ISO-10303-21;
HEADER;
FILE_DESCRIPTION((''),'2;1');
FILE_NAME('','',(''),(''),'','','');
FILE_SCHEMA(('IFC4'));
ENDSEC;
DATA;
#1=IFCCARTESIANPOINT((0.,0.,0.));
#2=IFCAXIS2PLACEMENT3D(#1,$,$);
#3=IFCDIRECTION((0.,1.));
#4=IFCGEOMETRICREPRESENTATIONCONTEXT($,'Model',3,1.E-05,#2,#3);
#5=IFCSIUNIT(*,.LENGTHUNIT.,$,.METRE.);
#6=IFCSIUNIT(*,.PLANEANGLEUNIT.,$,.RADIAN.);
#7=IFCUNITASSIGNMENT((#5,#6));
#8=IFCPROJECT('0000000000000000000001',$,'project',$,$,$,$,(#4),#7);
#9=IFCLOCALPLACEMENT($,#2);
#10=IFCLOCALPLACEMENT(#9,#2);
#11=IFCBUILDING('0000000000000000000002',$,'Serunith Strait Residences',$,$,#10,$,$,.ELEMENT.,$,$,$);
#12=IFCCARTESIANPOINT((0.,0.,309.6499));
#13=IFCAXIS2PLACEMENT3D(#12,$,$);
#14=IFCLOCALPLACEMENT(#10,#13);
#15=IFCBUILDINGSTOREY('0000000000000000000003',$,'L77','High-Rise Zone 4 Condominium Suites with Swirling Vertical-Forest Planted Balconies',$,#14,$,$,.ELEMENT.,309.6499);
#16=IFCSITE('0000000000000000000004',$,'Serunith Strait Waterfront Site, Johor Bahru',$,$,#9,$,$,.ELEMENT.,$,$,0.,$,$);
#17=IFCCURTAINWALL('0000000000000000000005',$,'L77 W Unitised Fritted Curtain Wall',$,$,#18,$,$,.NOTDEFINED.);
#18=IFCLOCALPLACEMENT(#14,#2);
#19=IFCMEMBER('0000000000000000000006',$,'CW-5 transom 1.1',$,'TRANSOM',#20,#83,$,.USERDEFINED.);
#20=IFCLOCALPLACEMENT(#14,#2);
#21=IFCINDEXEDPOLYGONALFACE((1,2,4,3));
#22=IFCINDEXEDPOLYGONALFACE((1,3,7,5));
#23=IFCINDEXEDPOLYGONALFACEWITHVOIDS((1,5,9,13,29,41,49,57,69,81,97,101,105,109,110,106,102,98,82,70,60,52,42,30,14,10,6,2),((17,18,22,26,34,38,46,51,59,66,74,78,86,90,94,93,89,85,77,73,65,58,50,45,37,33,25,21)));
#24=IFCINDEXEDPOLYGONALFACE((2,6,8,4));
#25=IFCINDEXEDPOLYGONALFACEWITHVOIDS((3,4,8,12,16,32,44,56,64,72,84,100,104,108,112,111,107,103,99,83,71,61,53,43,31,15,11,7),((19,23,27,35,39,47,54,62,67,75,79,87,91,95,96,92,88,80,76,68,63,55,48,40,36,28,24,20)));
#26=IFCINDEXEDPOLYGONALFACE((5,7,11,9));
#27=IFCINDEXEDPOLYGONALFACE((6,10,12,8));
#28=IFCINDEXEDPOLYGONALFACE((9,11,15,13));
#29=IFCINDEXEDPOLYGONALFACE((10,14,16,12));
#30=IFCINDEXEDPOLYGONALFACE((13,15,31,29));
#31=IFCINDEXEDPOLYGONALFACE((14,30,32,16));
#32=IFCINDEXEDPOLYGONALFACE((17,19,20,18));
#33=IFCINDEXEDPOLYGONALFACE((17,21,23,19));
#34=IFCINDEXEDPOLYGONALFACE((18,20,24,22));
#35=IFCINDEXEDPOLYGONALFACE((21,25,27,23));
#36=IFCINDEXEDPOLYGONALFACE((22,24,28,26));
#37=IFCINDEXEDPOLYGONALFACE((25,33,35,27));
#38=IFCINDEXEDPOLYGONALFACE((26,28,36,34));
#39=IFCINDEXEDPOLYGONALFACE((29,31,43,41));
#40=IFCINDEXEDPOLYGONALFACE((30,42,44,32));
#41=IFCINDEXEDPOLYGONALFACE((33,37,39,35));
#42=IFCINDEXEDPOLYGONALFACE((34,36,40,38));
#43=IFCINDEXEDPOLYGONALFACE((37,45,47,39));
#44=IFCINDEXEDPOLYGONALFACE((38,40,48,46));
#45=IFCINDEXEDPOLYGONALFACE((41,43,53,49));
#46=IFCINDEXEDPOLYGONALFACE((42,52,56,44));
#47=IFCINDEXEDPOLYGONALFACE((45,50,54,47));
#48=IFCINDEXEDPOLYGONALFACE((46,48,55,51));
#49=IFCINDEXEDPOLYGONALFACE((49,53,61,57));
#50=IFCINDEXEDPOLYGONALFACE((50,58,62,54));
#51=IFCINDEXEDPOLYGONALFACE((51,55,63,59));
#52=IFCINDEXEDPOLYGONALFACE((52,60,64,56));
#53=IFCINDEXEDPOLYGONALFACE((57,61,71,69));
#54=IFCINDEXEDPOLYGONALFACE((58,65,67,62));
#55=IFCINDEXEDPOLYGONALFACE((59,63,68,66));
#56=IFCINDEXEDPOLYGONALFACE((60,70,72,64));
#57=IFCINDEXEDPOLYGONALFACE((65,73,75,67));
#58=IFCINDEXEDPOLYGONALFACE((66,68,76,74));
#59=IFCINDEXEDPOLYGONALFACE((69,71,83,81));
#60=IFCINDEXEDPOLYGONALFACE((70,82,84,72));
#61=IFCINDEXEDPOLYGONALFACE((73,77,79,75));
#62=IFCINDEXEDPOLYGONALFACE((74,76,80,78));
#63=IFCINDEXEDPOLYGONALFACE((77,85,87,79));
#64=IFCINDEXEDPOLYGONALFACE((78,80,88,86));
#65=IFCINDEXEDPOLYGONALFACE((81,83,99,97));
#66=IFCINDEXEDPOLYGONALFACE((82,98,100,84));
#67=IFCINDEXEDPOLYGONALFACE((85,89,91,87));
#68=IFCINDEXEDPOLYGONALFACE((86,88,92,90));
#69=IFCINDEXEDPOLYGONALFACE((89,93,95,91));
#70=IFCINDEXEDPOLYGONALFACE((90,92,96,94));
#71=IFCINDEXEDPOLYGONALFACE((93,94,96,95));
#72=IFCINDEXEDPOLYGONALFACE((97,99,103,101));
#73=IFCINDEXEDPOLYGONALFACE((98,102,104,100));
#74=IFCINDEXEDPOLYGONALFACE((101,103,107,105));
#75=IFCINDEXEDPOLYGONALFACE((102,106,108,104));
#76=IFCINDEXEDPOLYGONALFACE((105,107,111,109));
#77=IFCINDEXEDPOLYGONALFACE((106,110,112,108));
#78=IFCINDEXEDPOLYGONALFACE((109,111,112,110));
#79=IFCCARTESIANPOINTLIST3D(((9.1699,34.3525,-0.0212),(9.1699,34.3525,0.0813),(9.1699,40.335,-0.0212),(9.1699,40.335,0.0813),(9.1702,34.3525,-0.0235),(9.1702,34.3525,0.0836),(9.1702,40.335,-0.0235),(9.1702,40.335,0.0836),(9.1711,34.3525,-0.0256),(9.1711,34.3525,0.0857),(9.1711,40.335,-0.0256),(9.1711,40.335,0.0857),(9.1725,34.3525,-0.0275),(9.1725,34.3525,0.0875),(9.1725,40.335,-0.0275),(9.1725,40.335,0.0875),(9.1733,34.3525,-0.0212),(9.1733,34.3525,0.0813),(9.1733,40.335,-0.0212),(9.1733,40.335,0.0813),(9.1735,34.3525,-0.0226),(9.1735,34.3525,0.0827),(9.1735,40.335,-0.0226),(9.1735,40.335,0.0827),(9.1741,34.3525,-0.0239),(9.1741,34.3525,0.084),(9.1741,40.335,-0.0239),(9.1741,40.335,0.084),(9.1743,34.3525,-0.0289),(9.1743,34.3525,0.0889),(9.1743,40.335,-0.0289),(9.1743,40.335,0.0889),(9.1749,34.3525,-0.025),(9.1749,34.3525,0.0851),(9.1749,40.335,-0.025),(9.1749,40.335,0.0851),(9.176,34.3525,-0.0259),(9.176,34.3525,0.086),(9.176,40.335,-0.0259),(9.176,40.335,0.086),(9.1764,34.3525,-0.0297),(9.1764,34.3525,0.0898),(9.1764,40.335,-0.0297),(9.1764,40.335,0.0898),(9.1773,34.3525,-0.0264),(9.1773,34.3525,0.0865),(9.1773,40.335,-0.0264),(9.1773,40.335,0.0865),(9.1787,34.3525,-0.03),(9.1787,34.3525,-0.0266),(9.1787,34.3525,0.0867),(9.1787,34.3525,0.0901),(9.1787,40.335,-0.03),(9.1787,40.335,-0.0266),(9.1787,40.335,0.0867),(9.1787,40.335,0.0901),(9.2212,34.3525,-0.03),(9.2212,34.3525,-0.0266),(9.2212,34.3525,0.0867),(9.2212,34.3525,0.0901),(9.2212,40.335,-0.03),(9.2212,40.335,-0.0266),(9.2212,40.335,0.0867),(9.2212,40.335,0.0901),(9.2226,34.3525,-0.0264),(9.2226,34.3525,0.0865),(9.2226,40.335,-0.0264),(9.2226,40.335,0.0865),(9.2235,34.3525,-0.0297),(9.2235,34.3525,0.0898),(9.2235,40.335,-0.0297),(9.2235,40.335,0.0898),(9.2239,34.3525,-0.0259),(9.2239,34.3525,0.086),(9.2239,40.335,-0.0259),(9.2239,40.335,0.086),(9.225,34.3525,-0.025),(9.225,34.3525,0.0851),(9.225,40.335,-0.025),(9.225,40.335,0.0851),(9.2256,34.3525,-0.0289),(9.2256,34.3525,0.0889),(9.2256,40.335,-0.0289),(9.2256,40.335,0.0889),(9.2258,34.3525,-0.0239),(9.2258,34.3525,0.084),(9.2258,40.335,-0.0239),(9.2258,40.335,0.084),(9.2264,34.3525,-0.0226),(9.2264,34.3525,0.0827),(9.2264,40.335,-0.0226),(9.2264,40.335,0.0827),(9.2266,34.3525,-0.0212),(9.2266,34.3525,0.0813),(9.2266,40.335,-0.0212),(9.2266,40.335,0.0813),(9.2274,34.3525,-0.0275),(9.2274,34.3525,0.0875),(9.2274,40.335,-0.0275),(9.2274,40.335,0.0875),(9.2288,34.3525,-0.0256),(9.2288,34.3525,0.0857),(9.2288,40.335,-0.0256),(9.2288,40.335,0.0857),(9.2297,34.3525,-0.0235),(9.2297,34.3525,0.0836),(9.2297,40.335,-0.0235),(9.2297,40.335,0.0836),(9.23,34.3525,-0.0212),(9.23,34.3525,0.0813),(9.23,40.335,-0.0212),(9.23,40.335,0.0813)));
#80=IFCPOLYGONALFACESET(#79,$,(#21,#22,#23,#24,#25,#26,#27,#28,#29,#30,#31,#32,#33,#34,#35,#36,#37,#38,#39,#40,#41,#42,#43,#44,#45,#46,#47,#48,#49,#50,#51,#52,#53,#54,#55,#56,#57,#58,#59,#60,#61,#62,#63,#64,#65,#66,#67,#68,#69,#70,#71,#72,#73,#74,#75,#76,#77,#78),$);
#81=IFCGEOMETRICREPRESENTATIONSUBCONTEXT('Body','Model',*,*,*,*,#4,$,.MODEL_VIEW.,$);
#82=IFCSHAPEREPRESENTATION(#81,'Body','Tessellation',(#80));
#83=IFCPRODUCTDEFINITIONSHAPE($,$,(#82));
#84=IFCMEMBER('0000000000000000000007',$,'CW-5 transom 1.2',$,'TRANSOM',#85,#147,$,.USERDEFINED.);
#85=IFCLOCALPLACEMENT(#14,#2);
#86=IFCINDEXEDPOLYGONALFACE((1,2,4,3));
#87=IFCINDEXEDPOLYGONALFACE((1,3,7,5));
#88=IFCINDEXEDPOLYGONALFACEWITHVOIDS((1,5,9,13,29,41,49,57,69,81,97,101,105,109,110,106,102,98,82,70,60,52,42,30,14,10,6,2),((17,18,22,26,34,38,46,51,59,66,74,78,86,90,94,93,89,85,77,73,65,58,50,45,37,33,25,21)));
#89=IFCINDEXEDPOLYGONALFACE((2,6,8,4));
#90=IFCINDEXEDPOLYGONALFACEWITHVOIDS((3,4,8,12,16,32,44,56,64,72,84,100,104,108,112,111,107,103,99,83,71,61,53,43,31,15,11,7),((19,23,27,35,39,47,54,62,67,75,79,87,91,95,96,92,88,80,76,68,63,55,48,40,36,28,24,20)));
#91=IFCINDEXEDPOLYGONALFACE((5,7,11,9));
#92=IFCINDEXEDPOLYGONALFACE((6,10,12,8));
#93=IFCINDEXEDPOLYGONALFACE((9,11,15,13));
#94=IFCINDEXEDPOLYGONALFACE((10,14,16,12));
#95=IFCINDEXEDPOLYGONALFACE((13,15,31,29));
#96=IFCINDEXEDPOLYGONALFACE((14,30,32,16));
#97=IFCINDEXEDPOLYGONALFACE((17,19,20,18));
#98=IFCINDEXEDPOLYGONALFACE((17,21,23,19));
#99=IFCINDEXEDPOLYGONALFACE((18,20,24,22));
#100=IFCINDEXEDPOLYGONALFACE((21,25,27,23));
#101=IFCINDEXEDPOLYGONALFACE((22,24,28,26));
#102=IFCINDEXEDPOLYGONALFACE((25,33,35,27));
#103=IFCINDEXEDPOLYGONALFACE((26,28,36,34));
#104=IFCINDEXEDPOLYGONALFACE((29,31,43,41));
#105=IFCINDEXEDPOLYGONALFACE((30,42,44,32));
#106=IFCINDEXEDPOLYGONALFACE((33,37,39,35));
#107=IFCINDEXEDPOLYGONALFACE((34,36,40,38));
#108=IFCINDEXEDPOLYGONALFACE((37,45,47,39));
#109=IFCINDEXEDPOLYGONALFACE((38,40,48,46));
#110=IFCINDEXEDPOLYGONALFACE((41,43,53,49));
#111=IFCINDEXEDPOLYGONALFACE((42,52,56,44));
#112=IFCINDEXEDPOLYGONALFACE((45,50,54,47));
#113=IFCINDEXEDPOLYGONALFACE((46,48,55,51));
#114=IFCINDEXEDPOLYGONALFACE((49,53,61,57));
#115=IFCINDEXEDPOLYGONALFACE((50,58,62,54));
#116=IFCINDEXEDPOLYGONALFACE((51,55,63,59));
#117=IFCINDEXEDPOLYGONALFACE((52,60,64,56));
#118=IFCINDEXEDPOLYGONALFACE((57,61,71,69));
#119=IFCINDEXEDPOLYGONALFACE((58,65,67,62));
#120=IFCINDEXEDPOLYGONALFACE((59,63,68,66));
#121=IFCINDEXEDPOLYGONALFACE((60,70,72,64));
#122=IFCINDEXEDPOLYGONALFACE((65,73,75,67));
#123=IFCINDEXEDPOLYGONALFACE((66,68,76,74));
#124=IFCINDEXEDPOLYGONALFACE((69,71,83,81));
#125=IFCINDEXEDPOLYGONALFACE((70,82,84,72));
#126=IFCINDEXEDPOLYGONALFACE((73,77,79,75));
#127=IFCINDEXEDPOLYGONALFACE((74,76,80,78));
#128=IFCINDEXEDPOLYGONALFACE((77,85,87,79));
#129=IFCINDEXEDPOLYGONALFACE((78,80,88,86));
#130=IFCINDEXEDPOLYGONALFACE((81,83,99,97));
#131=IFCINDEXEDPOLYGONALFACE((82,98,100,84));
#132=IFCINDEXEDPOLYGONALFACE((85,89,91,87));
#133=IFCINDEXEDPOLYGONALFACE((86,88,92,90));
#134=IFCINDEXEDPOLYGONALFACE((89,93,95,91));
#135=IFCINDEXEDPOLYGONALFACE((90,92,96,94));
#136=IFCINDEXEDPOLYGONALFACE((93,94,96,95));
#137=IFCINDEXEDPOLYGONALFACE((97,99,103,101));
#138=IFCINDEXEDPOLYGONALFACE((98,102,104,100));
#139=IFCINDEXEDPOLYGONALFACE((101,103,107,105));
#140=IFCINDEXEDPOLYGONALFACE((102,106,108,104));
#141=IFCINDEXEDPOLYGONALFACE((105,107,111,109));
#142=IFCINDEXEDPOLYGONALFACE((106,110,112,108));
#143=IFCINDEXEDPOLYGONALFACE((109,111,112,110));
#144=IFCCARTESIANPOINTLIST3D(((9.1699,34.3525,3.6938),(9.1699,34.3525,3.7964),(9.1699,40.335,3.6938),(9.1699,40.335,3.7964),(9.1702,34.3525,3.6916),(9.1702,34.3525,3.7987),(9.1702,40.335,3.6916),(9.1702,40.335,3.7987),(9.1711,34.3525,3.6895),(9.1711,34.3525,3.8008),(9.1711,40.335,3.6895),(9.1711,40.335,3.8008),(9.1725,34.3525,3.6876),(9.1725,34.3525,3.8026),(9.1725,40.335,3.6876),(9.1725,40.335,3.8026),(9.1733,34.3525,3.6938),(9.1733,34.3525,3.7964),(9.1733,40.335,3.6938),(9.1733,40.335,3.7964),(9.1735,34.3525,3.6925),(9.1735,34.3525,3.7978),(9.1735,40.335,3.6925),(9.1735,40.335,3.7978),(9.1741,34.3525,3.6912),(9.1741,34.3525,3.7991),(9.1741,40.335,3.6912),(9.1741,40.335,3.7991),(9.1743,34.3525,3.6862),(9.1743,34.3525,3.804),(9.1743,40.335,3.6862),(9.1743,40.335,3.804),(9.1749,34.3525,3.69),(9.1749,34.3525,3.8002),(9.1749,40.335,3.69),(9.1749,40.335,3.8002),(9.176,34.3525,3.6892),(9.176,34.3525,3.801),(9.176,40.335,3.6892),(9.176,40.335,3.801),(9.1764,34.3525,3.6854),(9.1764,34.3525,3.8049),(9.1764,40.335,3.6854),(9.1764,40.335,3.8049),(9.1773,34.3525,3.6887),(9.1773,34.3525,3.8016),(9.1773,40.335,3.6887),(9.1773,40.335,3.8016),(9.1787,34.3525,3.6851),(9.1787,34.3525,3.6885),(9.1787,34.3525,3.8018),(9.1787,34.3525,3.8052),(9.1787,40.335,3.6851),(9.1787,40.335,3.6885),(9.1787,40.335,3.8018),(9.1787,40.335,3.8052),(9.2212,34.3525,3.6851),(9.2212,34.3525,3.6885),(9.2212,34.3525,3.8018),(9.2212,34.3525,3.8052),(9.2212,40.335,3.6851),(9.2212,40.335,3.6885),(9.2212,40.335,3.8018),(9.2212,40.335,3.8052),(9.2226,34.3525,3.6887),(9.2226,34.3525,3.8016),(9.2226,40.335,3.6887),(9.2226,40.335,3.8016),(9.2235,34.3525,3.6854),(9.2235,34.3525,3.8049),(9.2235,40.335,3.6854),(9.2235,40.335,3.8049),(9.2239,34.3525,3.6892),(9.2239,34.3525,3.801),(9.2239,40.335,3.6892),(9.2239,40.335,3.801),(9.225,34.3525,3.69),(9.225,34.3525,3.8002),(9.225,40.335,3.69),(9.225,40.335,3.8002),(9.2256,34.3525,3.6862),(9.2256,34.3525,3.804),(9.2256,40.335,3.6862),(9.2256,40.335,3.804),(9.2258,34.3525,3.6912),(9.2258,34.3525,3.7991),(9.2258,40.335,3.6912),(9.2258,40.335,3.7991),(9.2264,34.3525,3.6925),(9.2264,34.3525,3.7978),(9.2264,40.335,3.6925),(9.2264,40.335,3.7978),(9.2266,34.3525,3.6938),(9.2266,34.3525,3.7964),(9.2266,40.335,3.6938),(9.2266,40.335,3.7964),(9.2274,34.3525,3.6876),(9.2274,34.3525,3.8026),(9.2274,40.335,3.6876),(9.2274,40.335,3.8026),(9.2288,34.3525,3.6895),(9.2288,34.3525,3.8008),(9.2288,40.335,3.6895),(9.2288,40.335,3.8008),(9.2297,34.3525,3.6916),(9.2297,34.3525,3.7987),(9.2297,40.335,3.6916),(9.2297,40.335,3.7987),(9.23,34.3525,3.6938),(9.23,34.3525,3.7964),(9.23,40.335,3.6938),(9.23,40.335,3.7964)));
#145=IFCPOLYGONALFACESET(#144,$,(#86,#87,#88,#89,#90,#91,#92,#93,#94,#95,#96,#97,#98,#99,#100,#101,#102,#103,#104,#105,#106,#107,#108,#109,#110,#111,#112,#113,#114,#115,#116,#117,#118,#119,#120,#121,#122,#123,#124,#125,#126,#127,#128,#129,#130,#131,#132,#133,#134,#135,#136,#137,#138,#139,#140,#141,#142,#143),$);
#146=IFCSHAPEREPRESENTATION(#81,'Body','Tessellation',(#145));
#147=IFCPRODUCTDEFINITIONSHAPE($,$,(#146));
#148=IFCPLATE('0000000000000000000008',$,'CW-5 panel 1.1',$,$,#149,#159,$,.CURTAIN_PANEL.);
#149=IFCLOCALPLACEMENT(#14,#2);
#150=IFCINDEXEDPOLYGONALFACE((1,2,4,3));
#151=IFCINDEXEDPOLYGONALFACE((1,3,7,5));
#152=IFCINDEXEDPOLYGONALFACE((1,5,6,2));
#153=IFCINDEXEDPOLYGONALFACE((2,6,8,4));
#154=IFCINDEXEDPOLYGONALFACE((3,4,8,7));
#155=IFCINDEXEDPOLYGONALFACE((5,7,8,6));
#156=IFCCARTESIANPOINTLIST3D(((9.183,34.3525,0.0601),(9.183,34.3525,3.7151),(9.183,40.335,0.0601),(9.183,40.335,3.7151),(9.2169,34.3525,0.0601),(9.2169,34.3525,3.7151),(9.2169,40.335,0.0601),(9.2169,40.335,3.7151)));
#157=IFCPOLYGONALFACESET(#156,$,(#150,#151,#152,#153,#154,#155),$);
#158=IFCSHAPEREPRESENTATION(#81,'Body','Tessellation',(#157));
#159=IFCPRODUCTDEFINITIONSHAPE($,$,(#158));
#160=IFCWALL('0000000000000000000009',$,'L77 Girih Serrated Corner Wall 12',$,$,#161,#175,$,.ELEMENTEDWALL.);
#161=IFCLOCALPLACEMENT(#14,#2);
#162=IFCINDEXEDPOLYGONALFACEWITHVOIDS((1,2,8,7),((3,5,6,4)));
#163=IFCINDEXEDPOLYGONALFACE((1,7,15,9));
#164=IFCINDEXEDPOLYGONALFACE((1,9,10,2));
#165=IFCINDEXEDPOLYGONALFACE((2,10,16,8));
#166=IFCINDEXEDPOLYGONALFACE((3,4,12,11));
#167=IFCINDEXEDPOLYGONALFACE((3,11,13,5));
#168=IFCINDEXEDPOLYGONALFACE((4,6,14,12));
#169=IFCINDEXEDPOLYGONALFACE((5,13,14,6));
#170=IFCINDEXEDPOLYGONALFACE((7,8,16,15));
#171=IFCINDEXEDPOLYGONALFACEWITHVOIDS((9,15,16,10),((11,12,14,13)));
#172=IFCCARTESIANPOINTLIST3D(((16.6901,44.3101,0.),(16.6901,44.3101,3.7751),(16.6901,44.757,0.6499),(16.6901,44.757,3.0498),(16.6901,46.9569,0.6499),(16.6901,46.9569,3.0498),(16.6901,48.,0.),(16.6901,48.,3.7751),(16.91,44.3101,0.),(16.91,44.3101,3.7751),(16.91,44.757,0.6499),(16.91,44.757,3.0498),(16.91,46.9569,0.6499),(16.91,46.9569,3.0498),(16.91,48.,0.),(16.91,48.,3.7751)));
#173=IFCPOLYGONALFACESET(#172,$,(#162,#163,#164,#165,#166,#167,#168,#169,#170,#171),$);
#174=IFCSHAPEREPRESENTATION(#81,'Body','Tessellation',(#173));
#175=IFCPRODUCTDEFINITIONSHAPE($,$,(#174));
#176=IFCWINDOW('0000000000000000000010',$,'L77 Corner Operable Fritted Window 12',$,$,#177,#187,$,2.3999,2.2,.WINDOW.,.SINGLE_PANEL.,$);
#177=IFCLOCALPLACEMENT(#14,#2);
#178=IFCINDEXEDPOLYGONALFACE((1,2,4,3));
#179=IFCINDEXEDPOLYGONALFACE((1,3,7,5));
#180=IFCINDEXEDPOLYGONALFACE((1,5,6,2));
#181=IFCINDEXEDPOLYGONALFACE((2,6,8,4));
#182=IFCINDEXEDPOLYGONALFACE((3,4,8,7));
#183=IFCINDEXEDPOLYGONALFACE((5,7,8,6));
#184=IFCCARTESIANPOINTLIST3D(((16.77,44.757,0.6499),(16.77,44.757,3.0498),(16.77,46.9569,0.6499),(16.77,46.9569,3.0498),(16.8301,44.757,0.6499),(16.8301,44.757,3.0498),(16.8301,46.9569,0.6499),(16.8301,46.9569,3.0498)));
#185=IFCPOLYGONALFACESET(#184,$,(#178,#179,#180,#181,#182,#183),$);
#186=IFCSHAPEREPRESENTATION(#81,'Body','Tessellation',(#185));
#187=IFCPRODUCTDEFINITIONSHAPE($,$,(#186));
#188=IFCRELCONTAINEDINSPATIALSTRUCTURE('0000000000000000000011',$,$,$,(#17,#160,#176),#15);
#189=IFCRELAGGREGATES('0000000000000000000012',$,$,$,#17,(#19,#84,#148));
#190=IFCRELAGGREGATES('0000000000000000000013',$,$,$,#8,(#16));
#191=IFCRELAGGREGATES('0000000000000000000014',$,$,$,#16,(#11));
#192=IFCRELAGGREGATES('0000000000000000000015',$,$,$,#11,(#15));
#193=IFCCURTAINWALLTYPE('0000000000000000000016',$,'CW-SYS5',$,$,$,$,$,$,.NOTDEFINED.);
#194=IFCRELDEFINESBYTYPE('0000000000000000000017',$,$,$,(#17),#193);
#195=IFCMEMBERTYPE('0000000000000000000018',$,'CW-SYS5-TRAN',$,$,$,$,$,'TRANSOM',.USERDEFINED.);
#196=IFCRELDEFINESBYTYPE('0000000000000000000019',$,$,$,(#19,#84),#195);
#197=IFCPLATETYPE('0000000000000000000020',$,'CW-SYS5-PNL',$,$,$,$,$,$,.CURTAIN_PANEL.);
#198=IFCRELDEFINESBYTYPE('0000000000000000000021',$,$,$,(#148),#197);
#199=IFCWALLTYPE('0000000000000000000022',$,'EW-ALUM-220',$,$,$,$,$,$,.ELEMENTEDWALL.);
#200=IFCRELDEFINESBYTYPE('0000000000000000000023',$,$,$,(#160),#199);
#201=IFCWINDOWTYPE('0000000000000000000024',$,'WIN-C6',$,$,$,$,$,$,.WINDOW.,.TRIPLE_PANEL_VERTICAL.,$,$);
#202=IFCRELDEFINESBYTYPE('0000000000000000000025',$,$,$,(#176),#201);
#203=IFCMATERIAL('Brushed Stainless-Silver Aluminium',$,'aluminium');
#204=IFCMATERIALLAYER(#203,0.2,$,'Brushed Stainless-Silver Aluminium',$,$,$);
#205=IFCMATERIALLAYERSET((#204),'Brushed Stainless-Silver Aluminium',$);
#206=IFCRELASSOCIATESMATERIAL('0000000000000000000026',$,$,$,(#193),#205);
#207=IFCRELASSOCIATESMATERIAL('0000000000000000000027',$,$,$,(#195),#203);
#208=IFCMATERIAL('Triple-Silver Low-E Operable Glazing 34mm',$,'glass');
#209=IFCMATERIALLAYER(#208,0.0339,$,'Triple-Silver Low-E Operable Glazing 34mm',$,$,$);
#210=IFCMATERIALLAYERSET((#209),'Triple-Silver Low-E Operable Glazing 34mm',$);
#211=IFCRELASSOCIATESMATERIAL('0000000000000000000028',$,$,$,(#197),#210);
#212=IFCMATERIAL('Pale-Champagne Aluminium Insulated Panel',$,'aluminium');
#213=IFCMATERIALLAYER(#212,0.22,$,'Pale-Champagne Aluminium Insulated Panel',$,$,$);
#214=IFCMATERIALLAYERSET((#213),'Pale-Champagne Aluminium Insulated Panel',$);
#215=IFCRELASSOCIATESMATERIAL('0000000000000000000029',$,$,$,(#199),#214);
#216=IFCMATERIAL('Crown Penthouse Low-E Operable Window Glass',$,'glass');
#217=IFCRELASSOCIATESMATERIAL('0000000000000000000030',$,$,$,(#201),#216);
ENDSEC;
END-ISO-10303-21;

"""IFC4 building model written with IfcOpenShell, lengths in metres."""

from ifc_helpers import new_model, si_unit, direction, frame, frame_2d, origin, origin_2d, place, context, subcontext, project, spatial, rectangle, hollow_rectangle, extrude, source, transform, mapped, material, layer, layer_set, material_profile, profile_set, type_object, element, fill, aggregate, save


model = new_model("IFC4")

# Units and contexts
model_context = context("Model", 3, precision=1e-05, world=origin(), true_north=direction((0.0, 1.0)))
body_context = subcontext(model_context, "Body", "Model", "MODEL_VIEW")
ifc_project = project(units=[si_unit("LENGTHUNIT", "METRE"), si_unit("PLANEANGLEUNIT", "RADIAN")], contexts=[model_context])

# Site, building, storey
site_placement = place(None, origin())
site = spatial("IfcSite", under=ifc_project, at=site_placement, Name="Serunith Strait Waterfront Site, Johor Bahru", CompositionType="ELEMENT", RefElevation=0.0)
building_placement = place(site_placement, origin())
building = spatial("IfcBuilding", under=site, at=building_placement, Name="Serunith Strait Residences", CompositionType="ELEMENT")
storey_placement = place(building_placement, frame((0.0, 0.0, 309.6499)))
storey = spatial("IfcBuildingStorey", under=building, at=storey_placement, Name="L77", Description="High-Rise Zone 4 Condominium Suites with Swirling Vertical-Forest Planted Balconies", CompositionType="ELEMENT", Elevation=309.6499)

# Shared definitions
ifc_material_1 = material(Name="Brushed Stainless-Silver Aluminium", Category="aluminium")
ifc_layer_1 = layer(ifc_material_1, 0.2, Name="Brushed Stainless-Silver Aluminium")
ifc_layer_set_1 = layer_set([ifc_layer_1], Name="Brushed Stainless-Silver Aluminium")
curtain_wall_type = type_object("IfcCurtainWallType", Name="CW-SYS5", PredefinedType="NOTDEFINED", material=ifc_layer_set_1)

# Curtain wall, members, plate
curtain_wall_1_placement = place(storey_placement, origin())
curtain_wall_1 = element("IfcCurtainWall", 1, at=curtain_wall_1_placement, inside=storey, type_object=curtain_wall_type, Name="L77 W Unitised Fritted Curtain Wall", PredefinedType="NOTDEFINED")
ifc_material_profile_1 = material_profile(ifc_material_1, hollow_rectangle(XDim=0.0601, YDim=0.1201, WallThickness=0.0034, InnerFilletRadius=0.0054, OuterFilletRadius=0.0088, at=origin_2d()), Name="ALU 120x60x3.5")
ifc_profile_set_1 = profile_set([ifc_material_profile_1], Name="Brushed Stainless-Silver Aluminium")
member_type_1 = type_object("IfcMemberType", Name="CW-SYS5-TRAN", ElementType="TRANSOM", PredefinedType="USERDEFINED", material=ifc_profile_set_1)
shared_shape_1 = source(origin(), body_context, "Body", "SweptSolid", [
    extrude(hollow_rectangle(XDim=0.0601, YDim=0.1201, WallThickness=0.0034, InnerFilletRadius=0.0054, OuterFilletRadius=0.0088, at=origin_2d()), origin(), (0.0, 0.0, 1.0), 5.9824),
])
member_1_placement = place(storey_placement, frame((9.2, 40.335, 0.03), z_axis=(0.0, -1.0, 0.0), x_axis=(1.0, 0.0, 0.0)))
member_1 = element("IfcMember", 2, at=member_1_placement, type_object=member_type_1, Name="CW-5 transom 1.1", ObjectType="TRANSOM", PredefinedType="USERDEFINED", context=body_context, shape_type="MappedRepresentation", body=[
    mapped(shared_shape_1, transform((0.0, 0.0, 0.0), scale=1.0)),
])
member_2_placement = place(storey_placement, frame((9.2, 40.335, 3.7451), z_axis=(0.0, -1.0, 0.0), x_axis=(1.0, 0.0, 0.0)))
member_2 = element("IfcMember", 3, at=member_2_placement, type_object=member_type_1, Name="CW-5 transom 1.2", ObjectType="TRANSOM", PredefinedType="USERDEFINED", context=body_context, shape_type="MappedRepresentation", body=[
    mapped(shared_shape_1, transform((0.0, 0.0, 0.0), scale=1.0)),
])
ifc_material_2 = material(Name="Triple-Silver Low-E Operable Glazing 34mm", Category="glass")
ifc_layer_2 = layer(ifc_material_2, 0.0339, Name="Triple-Silver Low-E Operable Glazing 34mm")
ifc_layer_set_2 = layer_set([ifc_layer_2], Name="Triple-Silver Low-E Operable Glazing 34mm")
plate_type = type_object("IfcPlateType", Name="CW-SYS5-PNL", PredefinedType="CURTAIN_PANEL", material=ifc_layer_set_2)
shared_shape_2 = source(origin(), body_context, "Body", "SweptSolid", [
    extrude(rectangle(XDim=5.9824, YDim=0.0339, at=origin_2d()), origin(), (0.0, 0.0, 1.0), 3.655),
])
plate_placement = place(storey_placement, frame((9.2, 37.3438, 0.0601), z_axis=(0.0, 0.0, 1.0), x_axis=(0.0, -1.0, 0.0)))
plate = element("IfcPlate", 4, at=plate_placement, type_object=plate_type, Name="CW-5 panel 1.1", PredefinedType="CURTAIN_PANEL", context=body_context, shape_type="MappedRepresentation", body=[
    mapped(shared_shape_2, transform((0.0, 0.0, 0.0), scale=1.0)),
])
aggregate(curtain_wall_1, [member_1, member_2, plate])

# Wall, opening, window
ifc_material_3 = material(Name="Pale-Champagne Aluminium Insulated Panel", Category="aluminium")
ifc_layer_3 = layer(ifc_material_3, 0.22, Name="Pale-Champagne Aluminium Insulated Panel")
ifc_layer_set_3 = layer_set([ifc_layer_3], Name="Pale-Champagne Aluminium Insulated Panel")
wall_type_1 = type_object("IfcWallType", Name="EW-ALUM-220", PredefinedType="ELEMENTEDWALL", material=ifc_layer_set_3)
wall_1_placement = place(storey_placement, frame((16.8, 48.0, 0.0), z_axis=(0.0, 0.0, 1.0), x_axis=(0.0, -1.0, 0.0)))
wall_1 = element("IfcWall", 5, at=wall_1_placement, inside=storey, type_object=wall_type_1, Name="L77 Girih Serrated Corner Wall 12", PredefinedType="ELEMENTEDWALL", context=body_context, shape_type="SweptSolid", body=[
    extrude(rectangle(XDim=3.6899, YDim=0.22, at=frame_2d((1.845, 0.0))), origin(), (0.0, 0.0, 1.0), 3.7751),
])
opening_1_placement = place(wall_1_placement, frame((1.043, 0.0, 0.6499)))
opening_1 = element("IfcOpeningElement", 6, at=opening_1_placement, cuts=wall_1, PredefinedType="OPENING", context=body_context, shape_type="SweptSolid", body=[
    extrude(rectangle(XDim=2.2, YDim=2.3999, at=frame_2d((1.1001, 1.2))), frame((0.0, 0.1201, 0.0), z_axis=(0.0, -1.0, 0.0), x_axis=(1.0, 0.0, 0.0)), (0.0, 0.0, 1.0), 0.24),
])
ifc_material_4 = material(Name="Crown Penthouse Low-E Operable Window Glass", Category="glass")
window_type = type_object("IfcWindowType", Name="WIN-C6", PartitioningType="TRIPLE_PANEL_VERTICAL", PredefinedType="WINDOW", material=ifc_material_4)
shared_shape_3 = source(origin(), body_context, "Body", "SweptSolid", [
    extrude(rectangle(XDim=2.2, YDim=2.3999, at=frame_2d((1.1001, 1.2))), frame((0.0, 0.03, 0.0), z_axis=(0.0, -1.0, 0.0), x_axis=(1.0, 0.0, 0.0)), (0.0, 0.0, 1.0), 0.0601),
])
window_1_placement = place(opening_1_placement, origin())
window_1 = element("IfcWindow", 7, at=window_1_placement, inside=storey, type_object=window_type, Name="L77 Corner Operable Fritted Window 12", OverallHeight=2.3999, OverallWidth=2.2, PartitioningType="SINGLE_PANEL", PredefinedType="WINDOW", context=body_context, shape_type="MappedRepresentation", body=[
    mapped(shared_shape_3, transform((0.0, 0.0, 0.0), scale=1.0)),
])
fill(opening_1, window_1)

save(model, "model.ifc")
